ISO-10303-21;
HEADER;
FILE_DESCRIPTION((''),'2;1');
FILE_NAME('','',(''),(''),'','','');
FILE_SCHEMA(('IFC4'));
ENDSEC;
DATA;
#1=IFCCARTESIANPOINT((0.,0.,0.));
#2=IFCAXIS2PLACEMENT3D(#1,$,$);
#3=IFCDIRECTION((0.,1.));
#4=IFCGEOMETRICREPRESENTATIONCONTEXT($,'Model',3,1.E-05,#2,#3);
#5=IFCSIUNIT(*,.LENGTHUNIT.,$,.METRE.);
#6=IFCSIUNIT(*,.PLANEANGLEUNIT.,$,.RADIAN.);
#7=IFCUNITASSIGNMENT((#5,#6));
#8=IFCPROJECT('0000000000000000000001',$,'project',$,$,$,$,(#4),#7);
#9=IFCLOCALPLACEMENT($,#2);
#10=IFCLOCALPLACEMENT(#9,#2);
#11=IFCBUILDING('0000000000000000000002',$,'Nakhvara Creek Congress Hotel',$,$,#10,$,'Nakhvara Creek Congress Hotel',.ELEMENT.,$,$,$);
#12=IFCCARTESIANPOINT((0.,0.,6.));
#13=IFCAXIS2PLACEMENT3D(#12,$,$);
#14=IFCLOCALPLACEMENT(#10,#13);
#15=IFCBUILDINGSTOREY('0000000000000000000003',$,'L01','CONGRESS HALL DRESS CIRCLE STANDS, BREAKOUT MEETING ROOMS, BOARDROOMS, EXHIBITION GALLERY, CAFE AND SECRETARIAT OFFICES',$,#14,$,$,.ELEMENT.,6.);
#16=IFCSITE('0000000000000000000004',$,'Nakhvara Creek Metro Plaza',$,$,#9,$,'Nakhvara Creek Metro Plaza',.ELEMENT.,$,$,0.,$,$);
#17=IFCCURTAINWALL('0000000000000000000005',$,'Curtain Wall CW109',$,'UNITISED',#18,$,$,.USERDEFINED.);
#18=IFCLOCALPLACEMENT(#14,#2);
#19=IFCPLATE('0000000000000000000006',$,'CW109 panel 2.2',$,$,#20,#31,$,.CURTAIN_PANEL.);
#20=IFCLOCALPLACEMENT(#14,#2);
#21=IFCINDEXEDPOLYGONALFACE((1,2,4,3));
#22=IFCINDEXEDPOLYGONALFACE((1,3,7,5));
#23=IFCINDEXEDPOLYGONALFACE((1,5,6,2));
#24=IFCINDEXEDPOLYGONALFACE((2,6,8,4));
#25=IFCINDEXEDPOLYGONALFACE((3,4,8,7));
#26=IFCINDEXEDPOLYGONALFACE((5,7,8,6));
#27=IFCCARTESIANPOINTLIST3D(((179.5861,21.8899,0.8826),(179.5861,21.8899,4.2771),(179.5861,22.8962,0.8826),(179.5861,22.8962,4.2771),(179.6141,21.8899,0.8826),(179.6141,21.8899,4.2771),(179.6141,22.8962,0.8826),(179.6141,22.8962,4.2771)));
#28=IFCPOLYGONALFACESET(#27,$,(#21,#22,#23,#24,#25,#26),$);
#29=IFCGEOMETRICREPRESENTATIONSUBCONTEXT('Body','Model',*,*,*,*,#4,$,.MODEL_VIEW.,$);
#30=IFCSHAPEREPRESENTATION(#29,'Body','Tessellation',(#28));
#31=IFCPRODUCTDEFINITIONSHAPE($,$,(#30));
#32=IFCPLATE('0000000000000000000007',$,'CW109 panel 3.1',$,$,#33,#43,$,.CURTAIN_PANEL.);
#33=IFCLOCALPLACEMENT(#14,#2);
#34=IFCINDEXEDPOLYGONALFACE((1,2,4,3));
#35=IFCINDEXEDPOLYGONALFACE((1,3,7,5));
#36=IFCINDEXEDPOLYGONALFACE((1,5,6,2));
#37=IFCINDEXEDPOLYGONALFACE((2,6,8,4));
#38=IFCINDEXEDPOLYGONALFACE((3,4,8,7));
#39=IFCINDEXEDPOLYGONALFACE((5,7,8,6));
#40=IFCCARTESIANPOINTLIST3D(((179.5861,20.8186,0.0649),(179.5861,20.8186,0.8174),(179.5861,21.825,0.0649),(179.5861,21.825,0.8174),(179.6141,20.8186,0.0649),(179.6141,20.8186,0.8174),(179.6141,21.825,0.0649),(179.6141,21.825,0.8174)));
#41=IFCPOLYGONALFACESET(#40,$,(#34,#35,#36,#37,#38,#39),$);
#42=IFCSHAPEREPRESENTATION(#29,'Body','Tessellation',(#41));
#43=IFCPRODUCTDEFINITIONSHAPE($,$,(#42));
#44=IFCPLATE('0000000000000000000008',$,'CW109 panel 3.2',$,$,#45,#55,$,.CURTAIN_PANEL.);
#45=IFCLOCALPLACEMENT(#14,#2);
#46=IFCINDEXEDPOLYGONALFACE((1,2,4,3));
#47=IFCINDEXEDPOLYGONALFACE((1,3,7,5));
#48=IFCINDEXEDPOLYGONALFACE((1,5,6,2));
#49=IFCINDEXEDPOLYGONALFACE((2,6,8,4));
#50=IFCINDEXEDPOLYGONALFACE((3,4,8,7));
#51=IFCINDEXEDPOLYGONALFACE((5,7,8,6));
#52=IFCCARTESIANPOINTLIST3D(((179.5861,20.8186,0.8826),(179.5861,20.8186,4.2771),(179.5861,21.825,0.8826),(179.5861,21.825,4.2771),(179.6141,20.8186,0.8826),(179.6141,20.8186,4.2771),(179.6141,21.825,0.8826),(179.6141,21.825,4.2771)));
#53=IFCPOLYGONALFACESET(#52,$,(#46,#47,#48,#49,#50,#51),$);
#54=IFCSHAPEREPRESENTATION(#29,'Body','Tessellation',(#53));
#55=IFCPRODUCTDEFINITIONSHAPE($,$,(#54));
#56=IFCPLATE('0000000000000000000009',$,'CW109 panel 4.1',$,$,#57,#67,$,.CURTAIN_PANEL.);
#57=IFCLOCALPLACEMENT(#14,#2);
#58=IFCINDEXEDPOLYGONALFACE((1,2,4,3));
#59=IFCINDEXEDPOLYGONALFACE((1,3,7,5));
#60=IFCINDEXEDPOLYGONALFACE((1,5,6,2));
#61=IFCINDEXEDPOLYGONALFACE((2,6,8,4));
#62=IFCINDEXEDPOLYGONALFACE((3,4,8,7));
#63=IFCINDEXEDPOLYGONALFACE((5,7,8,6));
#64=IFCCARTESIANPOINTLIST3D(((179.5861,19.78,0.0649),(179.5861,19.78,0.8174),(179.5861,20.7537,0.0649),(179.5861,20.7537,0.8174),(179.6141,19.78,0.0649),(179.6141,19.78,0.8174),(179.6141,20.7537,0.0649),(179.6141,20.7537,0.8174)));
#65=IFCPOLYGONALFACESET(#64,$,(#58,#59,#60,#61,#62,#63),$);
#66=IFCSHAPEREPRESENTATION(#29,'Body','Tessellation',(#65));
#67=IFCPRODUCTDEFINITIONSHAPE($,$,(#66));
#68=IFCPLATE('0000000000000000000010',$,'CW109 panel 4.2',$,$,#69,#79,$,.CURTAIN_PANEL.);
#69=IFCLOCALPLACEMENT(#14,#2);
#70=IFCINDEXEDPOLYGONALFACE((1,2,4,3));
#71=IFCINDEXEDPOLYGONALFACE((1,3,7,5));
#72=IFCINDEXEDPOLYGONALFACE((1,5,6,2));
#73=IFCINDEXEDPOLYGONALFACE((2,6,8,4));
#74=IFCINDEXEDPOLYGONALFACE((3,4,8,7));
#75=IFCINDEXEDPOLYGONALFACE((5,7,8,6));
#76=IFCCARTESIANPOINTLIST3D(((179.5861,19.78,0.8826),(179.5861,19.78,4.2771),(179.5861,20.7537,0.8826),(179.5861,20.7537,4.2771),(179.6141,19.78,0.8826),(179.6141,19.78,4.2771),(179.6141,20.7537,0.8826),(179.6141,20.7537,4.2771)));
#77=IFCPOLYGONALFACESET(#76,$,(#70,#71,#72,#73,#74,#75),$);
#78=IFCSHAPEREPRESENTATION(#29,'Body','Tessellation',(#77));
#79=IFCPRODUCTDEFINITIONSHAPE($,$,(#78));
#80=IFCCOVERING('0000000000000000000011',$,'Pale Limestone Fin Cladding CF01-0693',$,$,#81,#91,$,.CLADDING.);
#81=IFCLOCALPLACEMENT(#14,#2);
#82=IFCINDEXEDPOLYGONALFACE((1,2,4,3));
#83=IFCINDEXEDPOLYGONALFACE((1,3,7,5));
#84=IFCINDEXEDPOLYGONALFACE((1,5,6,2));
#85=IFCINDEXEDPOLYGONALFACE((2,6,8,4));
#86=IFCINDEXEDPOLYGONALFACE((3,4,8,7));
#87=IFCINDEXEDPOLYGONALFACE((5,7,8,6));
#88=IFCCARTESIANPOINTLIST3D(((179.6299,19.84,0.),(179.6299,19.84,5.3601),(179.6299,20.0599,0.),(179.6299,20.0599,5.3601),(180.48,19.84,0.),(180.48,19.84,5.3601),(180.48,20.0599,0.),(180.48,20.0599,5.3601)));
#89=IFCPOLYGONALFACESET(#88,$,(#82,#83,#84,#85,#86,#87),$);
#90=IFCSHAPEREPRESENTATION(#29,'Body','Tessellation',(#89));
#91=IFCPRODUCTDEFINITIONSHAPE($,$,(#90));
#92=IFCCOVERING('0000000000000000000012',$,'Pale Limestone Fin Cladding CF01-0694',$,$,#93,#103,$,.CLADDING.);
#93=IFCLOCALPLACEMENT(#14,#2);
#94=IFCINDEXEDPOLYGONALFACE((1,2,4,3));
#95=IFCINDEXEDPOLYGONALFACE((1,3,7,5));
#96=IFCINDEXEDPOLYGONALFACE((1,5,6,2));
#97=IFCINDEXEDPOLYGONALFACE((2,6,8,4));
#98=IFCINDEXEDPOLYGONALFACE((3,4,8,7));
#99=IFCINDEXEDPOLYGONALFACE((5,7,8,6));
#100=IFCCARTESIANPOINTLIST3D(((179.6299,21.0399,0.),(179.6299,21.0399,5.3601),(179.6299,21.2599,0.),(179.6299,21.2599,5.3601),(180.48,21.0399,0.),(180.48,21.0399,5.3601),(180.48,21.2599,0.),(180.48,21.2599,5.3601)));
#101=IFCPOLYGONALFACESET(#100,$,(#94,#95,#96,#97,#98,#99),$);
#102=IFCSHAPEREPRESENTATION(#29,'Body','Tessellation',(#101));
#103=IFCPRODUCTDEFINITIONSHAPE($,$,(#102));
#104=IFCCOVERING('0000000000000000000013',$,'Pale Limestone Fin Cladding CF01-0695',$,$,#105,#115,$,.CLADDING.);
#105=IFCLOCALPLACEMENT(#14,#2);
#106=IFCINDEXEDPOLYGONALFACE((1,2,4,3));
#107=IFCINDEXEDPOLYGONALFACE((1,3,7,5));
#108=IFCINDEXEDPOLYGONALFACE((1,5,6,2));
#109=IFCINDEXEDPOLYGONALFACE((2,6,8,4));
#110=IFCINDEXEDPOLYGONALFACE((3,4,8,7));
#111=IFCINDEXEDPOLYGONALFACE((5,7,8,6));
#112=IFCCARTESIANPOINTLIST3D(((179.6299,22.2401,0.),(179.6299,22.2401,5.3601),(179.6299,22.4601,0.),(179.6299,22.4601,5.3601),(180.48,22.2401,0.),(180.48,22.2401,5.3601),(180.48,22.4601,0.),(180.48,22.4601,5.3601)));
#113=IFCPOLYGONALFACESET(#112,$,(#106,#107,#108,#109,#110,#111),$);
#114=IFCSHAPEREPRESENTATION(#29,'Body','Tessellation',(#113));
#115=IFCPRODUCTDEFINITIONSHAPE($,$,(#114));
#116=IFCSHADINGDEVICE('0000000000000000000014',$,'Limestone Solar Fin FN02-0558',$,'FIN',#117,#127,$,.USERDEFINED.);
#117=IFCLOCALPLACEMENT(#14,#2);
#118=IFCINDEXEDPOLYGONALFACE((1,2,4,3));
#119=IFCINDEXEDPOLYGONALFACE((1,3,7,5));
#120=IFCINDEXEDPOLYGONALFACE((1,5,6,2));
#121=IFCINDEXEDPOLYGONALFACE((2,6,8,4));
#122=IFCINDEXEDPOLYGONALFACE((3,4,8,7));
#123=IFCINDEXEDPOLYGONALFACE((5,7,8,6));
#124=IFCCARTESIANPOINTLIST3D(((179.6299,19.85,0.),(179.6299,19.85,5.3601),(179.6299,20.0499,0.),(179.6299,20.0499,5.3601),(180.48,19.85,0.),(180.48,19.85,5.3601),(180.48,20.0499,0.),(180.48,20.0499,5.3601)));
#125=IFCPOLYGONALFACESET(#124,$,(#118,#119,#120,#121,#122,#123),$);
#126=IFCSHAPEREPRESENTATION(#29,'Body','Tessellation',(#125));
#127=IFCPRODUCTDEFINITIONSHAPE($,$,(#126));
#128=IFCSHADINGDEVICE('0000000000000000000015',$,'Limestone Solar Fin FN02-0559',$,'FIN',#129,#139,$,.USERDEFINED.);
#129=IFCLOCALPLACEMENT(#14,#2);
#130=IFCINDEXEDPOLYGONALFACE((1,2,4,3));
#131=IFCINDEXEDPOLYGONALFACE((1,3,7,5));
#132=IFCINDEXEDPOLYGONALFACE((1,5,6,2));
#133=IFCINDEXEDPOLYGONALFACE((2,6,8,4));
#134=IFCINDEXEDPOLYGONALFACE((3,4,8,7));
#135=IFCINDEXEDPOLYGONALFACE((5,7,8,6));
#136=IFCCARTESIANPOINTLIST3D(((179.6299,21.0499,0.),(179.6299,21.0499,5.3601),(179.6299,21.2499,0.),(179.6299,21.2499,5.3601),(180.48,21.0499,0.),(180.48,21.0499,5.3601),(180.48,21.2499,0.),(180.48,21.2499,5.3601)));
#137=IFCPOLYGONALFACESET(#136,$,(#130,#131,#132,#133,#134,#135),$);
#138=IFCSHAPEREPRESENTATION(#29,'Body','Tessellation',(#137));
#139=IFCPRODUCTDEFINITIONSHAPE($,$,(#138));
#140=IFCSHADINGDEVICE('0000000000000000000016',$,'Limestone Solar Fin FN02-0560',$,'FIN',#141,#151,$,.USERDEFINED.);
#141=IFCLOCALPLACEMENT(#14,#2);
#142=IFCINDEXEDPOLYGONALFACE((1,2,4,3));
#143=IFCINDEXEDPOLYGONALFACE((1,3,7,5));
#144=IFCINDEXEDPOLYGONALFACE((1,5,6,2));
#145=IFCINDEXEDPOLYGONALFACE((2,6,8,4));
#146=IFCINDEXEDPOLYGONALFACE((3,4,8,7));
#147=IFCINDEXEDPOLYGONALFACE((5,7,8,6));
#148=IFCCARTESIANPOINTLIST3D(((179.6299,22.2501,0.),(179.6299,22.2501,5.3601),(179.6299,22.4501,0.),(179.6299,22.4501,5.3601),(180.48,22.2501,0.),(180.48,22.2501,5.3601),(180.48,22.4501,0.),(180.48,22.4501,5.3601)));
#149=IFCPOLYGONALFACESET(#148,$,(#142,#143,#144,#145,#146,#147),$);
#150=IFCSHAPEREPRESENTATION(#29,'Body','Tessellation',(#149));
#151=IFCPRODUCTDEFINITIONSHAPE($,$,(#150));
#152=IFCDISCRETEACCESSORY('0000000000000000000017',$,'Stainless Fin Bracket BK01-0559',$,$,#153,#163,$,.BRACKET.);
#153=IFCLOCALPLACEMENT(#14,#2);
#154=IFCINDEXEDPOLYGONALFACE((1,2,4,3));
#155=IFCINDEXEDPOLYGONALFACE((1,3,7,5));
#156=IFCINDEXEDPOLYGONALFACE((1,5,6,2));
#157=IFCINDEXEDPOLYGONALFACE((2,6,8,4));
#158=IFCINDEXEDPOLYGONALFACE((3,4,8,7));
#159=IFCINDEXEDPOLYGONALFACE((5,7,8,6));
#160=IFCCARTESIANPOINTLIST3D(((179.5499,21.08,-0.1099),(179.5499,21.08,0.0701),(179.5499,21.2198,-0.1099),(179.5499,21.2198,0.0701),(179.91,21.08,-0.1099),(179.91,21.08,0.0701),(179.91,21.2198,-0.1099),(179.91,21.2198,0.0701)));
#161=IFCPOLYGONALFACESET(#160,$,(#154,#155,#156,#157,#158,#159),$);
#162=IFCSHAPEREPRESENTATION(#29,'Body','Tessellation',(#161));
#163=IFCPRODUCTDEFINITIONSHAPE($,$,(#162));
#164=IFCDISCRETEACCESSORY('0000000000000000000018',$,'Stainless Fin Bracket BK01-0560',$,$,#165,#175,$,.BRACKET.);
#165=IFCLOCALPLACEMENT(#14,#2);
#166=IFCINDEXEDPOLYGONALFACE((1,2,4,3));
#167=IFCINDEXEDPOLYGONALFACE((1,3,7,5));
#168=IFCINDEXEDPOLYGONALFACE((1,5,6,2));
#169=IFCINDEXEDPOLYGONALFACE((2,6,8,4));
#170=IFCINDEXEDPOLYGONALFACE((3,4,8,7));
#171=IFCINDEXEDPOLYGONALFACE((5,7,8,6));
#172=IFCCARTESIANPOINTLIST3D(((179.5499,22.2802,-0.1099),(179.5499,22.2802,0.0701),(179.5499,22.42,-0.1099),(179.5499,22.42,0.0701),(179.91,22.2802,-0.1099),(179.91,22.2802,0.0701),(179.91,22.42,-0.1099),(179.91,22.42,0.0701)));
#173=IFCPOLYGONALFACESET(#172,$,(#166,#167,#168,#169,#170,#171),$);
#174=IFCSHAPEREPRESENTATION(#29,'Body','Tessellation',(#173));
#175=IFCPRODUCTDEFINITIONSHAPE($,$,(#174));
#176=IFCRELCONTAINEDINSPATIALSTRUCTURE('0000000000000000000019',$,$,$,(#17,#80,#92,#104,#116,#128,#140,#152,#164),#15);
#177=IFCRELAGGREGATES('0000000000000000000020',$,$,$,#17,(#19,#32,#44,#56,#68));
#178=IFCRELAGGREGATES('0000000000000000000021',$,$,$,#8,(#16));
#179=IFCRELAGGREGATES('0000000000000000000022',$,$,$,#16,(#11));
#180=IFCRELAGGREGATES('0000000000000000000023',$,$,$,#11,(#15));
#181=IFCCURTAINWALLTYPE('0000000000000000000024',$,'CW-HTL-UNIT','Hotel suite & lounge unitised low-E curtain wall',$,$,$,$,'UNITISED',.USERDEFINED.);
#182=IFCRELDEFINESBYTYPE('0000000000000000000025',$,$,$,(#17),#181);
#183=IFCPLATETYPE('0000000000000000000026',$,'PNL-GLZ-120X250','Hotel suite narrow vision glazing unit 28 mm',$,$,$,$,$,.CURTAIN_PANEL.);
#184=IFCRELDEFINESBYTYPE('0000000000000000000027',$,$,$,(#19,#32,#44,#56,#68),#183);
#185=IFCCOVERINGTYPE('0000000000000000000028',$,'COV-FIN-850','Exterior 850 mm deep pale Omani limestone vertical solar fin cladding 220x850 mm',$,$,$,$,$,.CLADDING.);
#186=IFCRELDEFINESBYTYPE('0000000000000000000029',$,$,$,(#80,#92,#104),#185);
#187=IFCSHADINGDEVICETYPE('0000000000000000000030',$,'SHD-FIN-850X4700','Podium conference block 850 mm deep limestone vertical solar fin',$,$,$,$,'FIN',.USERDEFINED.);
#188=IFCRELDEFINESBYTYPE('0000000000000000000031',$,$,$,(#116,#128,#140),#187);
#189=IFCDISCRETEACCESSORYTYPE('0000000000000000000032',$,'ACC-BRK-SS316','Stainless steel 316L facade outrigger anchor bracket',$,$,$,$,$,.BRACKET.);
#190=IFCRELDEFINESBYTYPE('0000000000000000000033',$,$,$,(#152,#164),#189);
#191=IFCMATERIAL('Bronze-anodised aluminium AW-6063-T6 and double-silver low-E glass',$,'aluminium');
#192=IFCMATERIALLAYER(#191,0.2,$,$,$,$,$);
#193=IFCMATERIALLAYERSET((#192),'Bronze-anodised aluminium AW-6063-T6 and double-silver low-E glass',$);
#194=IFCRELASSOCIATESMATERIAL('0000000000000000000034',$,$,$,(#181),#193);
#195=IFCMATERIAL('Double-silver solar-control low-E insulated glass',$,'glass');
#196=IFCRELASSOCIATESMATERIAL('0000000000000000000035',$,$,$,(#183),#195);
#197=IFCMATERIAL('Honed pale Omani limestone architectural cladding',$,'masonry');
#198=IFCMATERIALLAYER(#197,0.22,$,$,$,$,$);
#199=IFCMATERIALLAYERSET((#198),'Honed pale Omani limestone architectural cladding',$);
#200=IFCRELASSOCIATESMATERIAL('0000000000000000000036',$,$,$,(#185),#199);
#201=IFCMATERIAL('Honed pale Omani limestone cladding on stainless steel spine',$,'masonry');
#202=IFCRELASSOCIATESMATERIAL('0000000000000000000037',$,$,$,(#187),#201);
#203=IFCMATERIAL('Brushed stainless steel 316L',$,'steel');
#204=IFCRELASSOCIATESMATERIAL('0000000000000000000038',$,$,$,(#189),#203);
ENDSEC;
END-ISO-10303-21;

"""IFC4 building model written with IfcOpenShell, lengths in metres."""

from ifc_helpers import new_model, si_unit, direction, frame, origin, origin_2d, place, context, subcontext, project, spatial, rectangle, extrude, material, layer, layer_set, type_object, element, aggregate, save


model = new_model("IFC4")

# Units and contexts
model_context = context("Model", 3, precision=1e-05, world=origin(), true_north=direction((0.0, 1.0)))
body_context = subcontext(model_context, "Body", "Model", "MODEL_VIEW")
ifc_project = project(units=[si_unit("LENGTHUNIT", "METRE"), si_unit("PLANEANGLEUNIT", "RADIAN")], contexts=[model_context])

# Site, building, storey
site_placement = place(None, origin())
site = spatial("IfcSite", under=ifc_project, at=site_placement, Name="Nakhvara Creek Metro Plaza", LongName="Nakhvara Creek Metro Plaza", CompositionType="ELEMENT", RefElevation=0.0)
building_placement = place(site_placement, origin())
building = spatial("IfcBuilding", under=site, at=building_placement, Name="Nakhvara Creek Congress Hotel", LongName="Nakhvara Creek Congress Hotel", CompositionType="ELEMENT")
storey_placement = place(building_placement, frame((0.0, 0.0, 6.0)))
storey = spatial("IfcBuildingStorey", under=building, at=storey_placement, Name="L01", Description="CONGRESS HALL DRESS CIRCLE STANDS, BREAKOUT MEETING ROOMS, BOARDROOMS, EXHIBITION GALLERY, CAFE AND SECRETARIAT OFFICES", CompositionType="ELEMENT", Elevation=6.0)

# Curtain wall, plates
ifc_material_1 = material(Name="Bronze-anodised aluminium AW-6063-T6 and double-silver low-E glass", Category="aluminium")
ifc_layer_1 = layer(ifc_material_1, 0.2)
ifc_layer_set_1 = layer_set([ifc_layer_1], Name="Bronze-anodised aluminium AW-6063-T6 and double-silver low-E glass")
curtain_wall_type = type_object("IfcCurtainWallType", Name="CW-HTL-UNIT", Description="Hotel suite & lounge unitised low-E curtain wall", ElementType="UNITISED", PredefinedType="USERDEFINED", material=ifc_layer_set_1)
curtain_wall_placement = place(storey_placement, origin())
curtain_wall = element("IfcCurtainWall", 1, at=curtain_wall_placement, inside=storey, type_object=curtain_wall_type, Name="Curtain Wall CW109", ObjectType="UNITISED", PredefinedType="USERDEFINED")
ifc_material_2 = material(Name="Double-silver solar-control low-E insulated glass", Category="glass")
plate_type = type_object("IfcPlateType", Name="PNL-GLZ-120X250", Description="Hotel suite narrow vision glazing unit 28 mm", PredefinedType="CURTAIN_PANEL", material=ifc_material_2)
plate_1_placement = place(storey_placement, frame((179.6001, 22.3931, 0.8826), z_axis=(0.0, 0.0, 1.0), x_axis=(0.0, -1.0, 0.0)))
plate_1 = element("IfcPlate", 2, at=plate_1_placement, type_object=plate_type, Name="CW109 panel 2.2", PredefinedType="CURTAIN_PANEL", context=body_context, shape_type="SweptSolid", body=[
    extrude(rectangle(XDim=1.0063, YDim=0.0281, at=origin_2d()), origin(), (0.0, 0.0, 1.0), 3.3945),
])
plate_2_placement = place(storey_placement, frame((179.6001, 21.3218, 0.0649), z_axis=(0.0, 0.0, 1.0), x_axis=(0.0, -1.0, 0.0)))
plate_2 = element("IfcPlate", 3, at=plate_2_placement, type_object=plate_type, Name="CW109 panel 3.1", PredefinedType="CURTAIN_PANEL", context=body_context, shape_type="SweptSolid", body=[
    extrude(rectangle(XDim=1.0063, YDim=0.0281, at=origin_2d()), origin(), (0.0, 0.0, 1.0), 0.7524),
])
plate_3_placement = place(storey_placement, frame((179.6001, 21.3218, 0.8826), z_axis=(0.0, 0.0, 1.0), x_axis=(0.0, -1.0, 0.0)))
plate_3 = element("IfcPlate", 4, at=plate_3_placement, type_object=plate_type, Name="CW109 panel 3.2", PredefinedType="CURTAIN_PANEL", context=body_context, shape_type="SweptSolid", body=[
    extrude(rectangle(XDim=1.0063, YDim=0.0281, at=origin_2d()), origin(), (0.0, 0.0, 1.0), 3.3945),
])
plate_4_placement = place(storey_placement, frame((179.6001, 20.2668, 0.0649), z_axis=(0.0, 0.0, 1.0), x_axis=(0.0, -1.0, 0.0)))
plate_4 = element("IfcPlate", 5, at=plate_4_placement, type_object=plate_type, Name="CW109 panel 4.1", PredefinedType="CURTAIN_PANEL", context=body_context, shape_type="SweptSolid", body=[
    extrude(rectangle(XDim=0.9736, YDim=0.0281, at=origin_2d()), origin(), (0.0, 0.0, 1.0), 0.7524),
])
plate_5_placement = place(storey_placement, frame((179.6001, 20.2668, 0.8826), z_axis=(0.0, 0.0, 1.0), x_axis=(0.0, -1.0, 0.0)))
plate_5 = element("IfcPlate", 6, at=plate_5_placement, type_object=plate_type, Name="CW109 panel 4.2", PredefinedType="CURTAIN_PANEL", context=body_context, shape_type="SweptSolid", body=[
    extrude(rectangle(XDim=0.9736, YDim=0.0281, at=origin_2d()), origin(), (0.0, 0.0, 1.0), 3.3945),
])
aggregate(curtain_wall, [plate_1, plate_2, plate_3, plate_4, plate_5])

# Coverings
ifc_material_3 = material(Name="Honed pale Omani limestone architectural cladding", Category="masonry")
ifc_layer_2 = layer(ifc_material_3, 0.22)
ifc_layer_set_2 = layer_set([ifc_layer_2], Name="Honed pale Omani limestone architectural cladding")
covering_type = type_object("IfcCoveringType", Name="COV-FIN-850", Description="Exterior 850 mm deep pale Omani limestone vertical solar fin cladding 220x850 mm", PredefinedType="CLADDING", material=ifc_layer_set_2)
for number, where, z_axis, x_axis, name in (
    (7, (180.0549, 19.95, 0.0), (0.0, 0.0, 1.0), (0.0, 1.0, 0.0), "Pale Limestone Fin Cladding CF01-0693"),
    (8, (180.0549, 21.1499, 0.0), (0.0, 0.0, 1.0), (0.0, 1.0, 0.0), "Pale Limestone Fin Cladding CF01-0694"),
    (9, (180.0549, 22.3501, 0.0), (0.0, 0.0, 1.0), (0.0, 1.0, 0.0), "Pale Limestone Fin Cladding CF01-0695"),
):
    element("IfcCovering", number, at=place(storey_placement, frame(where, z_axis=z_axis, x_axis=x_axis)), inside=storey, type_object=covering_type, Name=name, PredefinedType="CLADDING", context=body_context, shape_type="SweptSolid", body=[
        extrude(rectangle(XDim=0.22, YDim=0.8501, at=origin_2d()), origin(), (0.0, 0.0, 1.0), 5.3601),
    ])

# Shading devices
ifc_material_4 = material(Name="Honed pale Omani limestone cladding on stainless steel spine", Category="masonry")
shading_device_type = type_object("IfcShadingDeviceType", Name="SHD-FIN-850X4700", Description="Podium conference block 850 mm deep limestone vertical solar fin", ElementType="FIN", PredefinedType="USERDEFINED", material=ifc_material_4)
for number, where, z_axis, x_axis, name in (
    (10, (180.0549, 19.95, 0.0), (0.0, 0.0, 1.0), (0.0, 1.0, 0.0), "Limestone Solar Fin FN02-0558"),
    (11, (180.0549, 21.1499, 0.0), (0.0, 0.0, 1.0), (0.0, 1.0, 0.0), "Limestone Solar Fin FN02-0559"),
    (12, (180.0549, 22.3501, 0.0), (0.0, 0.0, 1.0), (0.0, 1.0, 0.0), "Limestone Solar Fin FN02-0560"),
):
    element("IfcShadingDevice", number, at=place(storey_placement, frame(where, z_axis=z_axis, x_axis=x_axis)), inside=storey, type_object=shading_device_type, Name=name, ObjectType="FIN", PredefinedType="USERDEFINED", context=body_context, shape_type="SweptSolid", body=[
        extrude(rectangle(XDim=0.2, YDim=0.8501, at=origin_2d()), origin(), (0.0, 0.0, 1.0), 5.3601),
    ])

# Discrete accessories
ifc_material_5 = material(Name="Brushed stainless steel 316L", Category="steel")
discrete_accessory_type = type_object("IfcDiscreteAccessoryType", Name="ACC-BRK-SS316", Description="Stainless steel 316L facade outrigger anchor bracket", PredefinedType="BRACKET", material=ifc_material_5)
for number, where, z_axis, x_axis, name in (
    (13, (179.73, 21.1499, -0.1099), (0.0, 0.0, 1.0), (0.0, 1.0, 0.0), "Stainless Fin Bracket BK01-0559"),
    (14, (179.73, 22.3501, -0.1099), (0.0, 0.0, 1.0), (0.0, 1.0, 0.0), "Stainless Fin Bracket BK01-0560"),
):
    element("IfcDiscreteAccessory", number, at=place(storey_placement, frame(where, z_axis=z_axis, x_axis=x_axis)), inside=storey, type_object=discrete_accessory_type, Name=name, PredefinedType="BRACKET", context=body_context, shape_type="SweptSolid", body=[
        extrude(rectangle(XDim=0.1399, YDim=0.3601, at=origin_2d()), origin(), (0.0, 0.0, 1.0), 0.1799),
    ])

save(model, "model.ifc")
